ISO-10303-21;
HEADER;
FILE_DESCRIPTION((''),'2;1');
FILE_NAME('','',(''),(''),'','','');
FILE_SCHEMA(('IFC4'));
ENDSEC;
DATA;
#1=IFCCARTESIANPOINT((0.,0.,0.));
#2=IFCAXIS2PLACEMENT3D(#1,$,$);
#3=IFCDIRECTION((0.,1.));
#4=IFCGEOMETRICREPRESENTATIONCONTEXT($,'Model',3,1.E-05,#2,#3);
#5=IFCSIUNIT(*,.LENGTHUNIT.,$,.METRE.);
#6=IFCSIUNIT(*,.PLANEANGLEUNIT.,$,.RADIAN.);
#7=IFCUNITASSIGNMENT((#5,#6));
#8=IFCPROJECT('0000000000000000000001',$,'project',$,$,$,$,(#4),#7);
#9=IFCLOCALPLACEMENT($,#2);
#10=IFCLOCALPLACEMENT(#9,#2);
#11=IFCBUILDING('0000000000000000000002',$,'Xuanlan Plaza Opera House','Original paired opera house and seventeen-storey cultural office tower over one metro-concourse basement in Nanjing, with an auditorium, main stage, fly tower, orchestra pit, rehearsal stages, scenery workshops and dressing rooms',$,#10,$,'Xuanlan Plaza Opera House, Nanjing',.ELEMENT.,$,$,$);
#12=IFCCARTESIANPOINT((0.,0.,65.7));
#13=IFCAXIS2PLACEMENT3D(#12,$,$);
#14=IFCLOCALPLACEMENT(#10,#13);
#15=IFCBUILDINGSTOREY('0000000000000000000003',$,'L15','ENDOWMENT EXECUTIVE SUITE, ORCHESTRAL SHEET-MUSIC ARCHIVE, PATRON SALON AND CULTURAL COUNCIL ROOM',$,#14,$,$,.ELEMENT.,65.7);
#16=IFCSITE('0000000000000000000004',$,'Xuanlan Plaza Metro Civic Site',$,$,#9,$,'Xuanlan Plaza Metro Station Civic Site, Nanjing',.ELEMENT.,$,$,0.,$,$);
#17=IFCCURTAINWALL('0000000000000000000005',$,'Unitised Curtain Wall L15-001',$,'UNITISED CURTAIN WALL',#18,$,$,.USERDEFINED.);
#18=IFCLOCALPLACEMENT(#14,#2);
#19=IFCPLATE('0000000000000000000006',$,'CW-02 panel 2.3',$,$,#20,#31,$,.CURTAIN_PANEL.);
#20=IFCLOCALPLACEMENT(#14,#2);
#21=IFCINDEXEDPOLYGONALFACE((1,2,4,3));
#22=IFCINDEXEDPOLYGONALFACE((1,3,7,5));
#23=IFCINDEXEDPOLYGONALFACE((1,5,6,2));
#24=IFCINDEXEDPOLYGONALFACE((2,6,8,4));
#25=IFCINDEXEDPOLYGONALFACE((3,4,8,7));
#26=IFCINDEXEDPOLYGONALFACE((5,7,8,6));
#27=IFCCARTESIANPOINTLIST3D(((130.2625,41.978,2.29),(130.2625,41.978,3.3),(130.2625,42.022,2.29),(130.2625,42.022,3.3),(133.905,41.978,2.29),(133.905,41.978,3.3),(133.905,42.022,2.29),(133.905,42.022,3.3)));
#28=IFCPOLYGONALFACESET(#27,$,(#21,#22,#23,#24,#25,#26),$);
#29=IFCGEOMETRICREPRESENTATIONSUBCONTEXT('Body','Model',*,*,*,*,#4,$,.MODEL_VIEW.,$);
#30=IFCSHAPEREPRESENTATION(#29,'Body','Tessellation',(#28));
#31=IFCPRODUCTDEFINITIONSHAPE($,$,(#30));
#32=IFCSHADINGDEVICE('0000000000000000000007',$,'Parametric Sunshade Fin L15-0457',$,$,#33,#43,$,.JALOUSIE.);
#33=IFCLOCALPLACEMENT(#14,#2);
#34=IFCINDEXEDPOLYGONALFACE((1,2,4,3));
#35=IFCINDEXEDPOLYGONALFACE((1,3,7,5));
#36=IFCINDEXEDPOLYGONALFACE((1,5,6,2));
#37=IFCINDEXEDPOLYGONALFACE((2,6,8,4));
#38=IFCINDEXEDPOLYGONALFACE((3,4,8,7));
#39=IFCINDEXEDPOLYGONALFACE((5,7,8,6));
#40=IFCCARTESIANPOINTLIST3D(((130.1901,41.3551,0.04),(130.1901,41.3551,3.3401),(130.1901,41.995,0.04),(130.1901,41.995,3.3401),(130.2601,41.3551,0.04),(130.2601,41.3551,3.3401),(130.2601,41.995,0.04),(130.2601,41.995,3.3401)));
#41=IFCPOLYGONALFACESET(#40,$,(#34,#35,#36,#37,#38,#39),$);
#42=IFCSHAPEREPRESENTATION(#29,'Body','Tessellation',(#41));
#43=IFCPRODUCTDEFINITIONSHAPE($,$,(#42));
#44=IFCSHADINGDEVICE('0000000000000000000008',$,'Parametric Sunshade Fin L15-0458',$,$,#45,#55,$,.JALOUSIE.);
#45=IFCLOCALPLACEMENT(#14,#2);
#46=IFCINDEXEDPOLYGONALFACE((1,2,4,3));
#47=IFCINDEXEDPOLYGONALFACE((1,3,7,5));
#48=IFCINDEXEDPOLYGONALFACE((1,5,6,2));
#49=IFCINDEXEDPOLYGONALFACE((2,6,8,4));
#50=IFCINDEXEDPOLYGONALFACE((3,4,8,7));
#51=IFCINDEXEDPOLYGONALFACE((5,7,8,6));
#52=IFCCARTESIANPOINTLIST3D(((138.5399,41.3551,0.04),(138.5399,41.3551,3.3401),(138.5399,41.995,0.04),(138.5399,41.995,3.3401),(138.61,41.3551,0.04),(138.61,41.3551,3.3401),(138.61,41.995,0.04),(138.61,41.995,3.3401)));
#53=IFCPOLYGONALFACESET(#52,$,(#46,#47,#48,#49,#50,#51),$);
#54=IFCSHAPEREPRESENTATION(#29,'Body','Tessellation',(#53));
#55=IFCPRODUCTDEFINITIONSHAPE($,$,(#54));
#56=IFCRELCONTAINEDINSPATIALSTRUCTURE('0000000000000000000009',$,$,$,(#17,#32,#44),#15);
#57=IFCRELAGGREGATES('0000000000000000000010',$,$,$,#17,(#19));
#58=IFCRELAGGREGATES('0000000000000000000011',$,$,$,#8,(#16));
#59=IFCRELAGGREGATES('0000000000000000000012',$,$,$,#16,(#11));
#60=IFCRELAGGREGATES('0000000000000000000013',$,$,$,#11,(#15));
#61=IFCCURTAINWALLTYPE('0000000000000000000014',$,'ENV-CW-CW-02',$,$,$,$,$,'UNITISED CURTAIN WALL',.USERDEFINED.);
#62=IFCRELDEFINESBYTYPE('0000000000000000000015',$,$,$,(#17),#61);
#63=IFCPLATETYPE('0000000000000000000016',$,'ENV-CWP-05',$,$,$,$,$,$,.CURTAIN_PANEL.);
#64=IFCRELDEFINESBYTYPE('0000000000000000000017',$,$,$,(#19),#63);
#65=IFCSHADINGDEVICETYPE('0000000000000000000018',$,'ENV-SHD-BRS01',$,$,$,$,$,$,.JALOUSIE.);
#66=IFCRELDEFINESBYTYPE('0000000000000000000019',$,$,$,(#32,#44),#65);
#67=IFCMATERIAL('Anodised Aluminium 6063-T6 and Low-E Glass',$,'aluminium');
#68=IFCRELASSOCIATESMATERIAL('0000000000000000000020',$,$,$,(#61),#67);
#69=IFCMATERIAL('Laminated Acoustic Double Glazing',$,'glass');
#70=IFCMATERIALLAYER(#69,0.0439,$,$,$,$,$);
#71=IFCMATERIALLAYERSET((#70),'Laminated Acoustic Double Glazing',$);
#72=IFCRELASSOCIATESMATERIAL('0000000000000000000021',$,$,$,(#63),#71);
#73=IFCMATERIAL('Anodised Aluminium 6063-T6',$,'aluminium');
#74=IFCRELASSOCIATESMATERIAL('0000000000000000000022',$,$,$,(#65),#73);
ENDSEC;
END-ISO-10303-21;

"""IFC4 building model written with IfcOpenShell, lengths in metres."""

from ifc_helpers import new_model, si_unit, direction, frame, origin, origin_2d, place, context, subcontext, project, spatial, rectangle, extrude, material, layer, layer_set, type_object, element, aggregate, save


model = new_model("IFC4")

# Units and contexts
model_context = context("Model", 3, precision=1e-05, world=origin(), true_north=direction((0.0, 1.0)))
body_context = subcontext(model_context, "Body", "Model", "MODEL_VIEW")
ifc_project = project(units=[si_unit("LENGTHUNIT", "METRE"), si_unit("PLANEANGLEUNIT", "RADIAN")], contexts=[model_context])

# Site, building, storey
site_placement = place(None, origin())
site = spatial("IfcSite", under=ifc_project, at=site_placement, Name="Xuanlan Plaza Metro Civic Site", LongName="Xuanlan Plaza Metro Station Civic Site, Nanjing", CompositionType="ELEMENT", RefElevation=0.0)
building_placement = place(site_placement, origin())
building = spatial("IfcBuilding", under=site, at=building_placement, Name="Xuanlan Plaza Opera House", Description="Original paired opera house and seventeen-storey cultural office tower over one metro-concourse basement in Nanjing, with an auditorium, main stage, fly tower, orchestra pit, rehearsal stages, scenery workshops and dressing rooms", LongName="Xuanlan Plaza Opera House, Nanjing", CompositionType="ELEMENT")
storey_placement = place(building_placement, frame((0.0, 0.0, 65.7)))
storey = spatial("IfcBuildingStorey", under=building, at=storey_placement, Name="L15", Description="ENDOWMENT EXECUTIVE SUITE, ORCHESTRAL SHEET-MUSIC ARCHIVE, PATRON SALON AND CULTURAL COUNCIL ROOM", CompositionType="ELEMENT", Elevation=65.7)

# Curtain wall
ifc_material_1 = material(Name="Anodised Aluminium 6063-T6 and Low-E Glass", Category="aluminium")
curtain_wall_type_1 = type_object("IfcCurtainWallType", Name="ENV-CW-CW-02", ElementType="UNITISED CURTAIN WALL", PredefinedType="USERDEFINED", material=ifc_material_1)
curtain_wall_1_placement = place(storey_placement, origin())
curtain_wall_1 = element("IfcCurtainWall", 1, at=curtain_wall_1_placement, inside=storey, type_object=curtain_wall_type_1, Name="Unitised Curtain Wall L15-001", ObjectType="UNITISED CURTAIN WALL", PredefinedType="USERDEFINED")
ifc_material_2 = material(Name="Anodised Aluminium 6063-T6", Category="aluminium")

# Plate
ifc_material_3 = material(Name="Laminated Acoustic Double Glazing", Category="glass")
ifc_layer_1 = layer(ifc_material_3, 0.0439)
ifc_layer_set_1 = layer_set([ifc_layer_1], Name="Laminated Acoustic Double Glazing")
plate_type_1 = type_object("IfcPlateType", Name="ENV-CWP-05", PredefinedType="CURTAIN_PANEL", material=ifc_layer_set_1)
plate_1_placement = place(storey_placement, frame((132.0837, 42.0, 2.29), z_axis=(0.0, 0.0, 1.0), x_axis=(1.0, 0.0, 0.0)))
plate_1 = element("IfcPlate", 2, at=plate_1_placement, type_object=plate_type_1, Name="CW-02 panel 2.3", PredefinedType="CURTAIN_PANEL", context=body_context, shape_type="SweptSolid", body=[
    extrude(rectangle(XDim=3.6426, YDim=0.0439, at=origin_2d()), origin(), (0.0, 0.0, 1.0), 1.01),
])
aggregate(curtain_wall_1, [plate_1])

# Shading devices
shading_device_type = type_object("IfcShadingDeviceType", Name="ENV-SHD-BRS01", PredefinedType="JALOUSIE", material=ifc_material_2)
for number, where, z_axis, x_axis, name in (
    (3, (130.2251, 41.675, 0.04), (0.0, 0.0, 1.0), (0.0, -1.0, 0.0), "Parametric Sunshade Fin L15-0457"),
    (4, (138.575, 41.675, 0.04), (0.0, 0.0, 1.0), (0.0, -1.0, 0.0), "Parametric Sunshade Fin L15-0458"),
):
    element("IfcShadingDevice", number, at=place(storey_placement, frame(where, z_axis=z_axis, x_axis=x_axis)), inside=storey, type_object=shading_device_type, Name=name, PredefinedType="JALOUSIE", context=body_context, shape_type="SweptSolid", body=[
        extrude(rectangle(XDim=0.6399, YDim=0.0701, at=origin_2d()), origin(), (0.0, 0.0, 1.0), 3.3),
    ])

save(model, "model.ifc")
